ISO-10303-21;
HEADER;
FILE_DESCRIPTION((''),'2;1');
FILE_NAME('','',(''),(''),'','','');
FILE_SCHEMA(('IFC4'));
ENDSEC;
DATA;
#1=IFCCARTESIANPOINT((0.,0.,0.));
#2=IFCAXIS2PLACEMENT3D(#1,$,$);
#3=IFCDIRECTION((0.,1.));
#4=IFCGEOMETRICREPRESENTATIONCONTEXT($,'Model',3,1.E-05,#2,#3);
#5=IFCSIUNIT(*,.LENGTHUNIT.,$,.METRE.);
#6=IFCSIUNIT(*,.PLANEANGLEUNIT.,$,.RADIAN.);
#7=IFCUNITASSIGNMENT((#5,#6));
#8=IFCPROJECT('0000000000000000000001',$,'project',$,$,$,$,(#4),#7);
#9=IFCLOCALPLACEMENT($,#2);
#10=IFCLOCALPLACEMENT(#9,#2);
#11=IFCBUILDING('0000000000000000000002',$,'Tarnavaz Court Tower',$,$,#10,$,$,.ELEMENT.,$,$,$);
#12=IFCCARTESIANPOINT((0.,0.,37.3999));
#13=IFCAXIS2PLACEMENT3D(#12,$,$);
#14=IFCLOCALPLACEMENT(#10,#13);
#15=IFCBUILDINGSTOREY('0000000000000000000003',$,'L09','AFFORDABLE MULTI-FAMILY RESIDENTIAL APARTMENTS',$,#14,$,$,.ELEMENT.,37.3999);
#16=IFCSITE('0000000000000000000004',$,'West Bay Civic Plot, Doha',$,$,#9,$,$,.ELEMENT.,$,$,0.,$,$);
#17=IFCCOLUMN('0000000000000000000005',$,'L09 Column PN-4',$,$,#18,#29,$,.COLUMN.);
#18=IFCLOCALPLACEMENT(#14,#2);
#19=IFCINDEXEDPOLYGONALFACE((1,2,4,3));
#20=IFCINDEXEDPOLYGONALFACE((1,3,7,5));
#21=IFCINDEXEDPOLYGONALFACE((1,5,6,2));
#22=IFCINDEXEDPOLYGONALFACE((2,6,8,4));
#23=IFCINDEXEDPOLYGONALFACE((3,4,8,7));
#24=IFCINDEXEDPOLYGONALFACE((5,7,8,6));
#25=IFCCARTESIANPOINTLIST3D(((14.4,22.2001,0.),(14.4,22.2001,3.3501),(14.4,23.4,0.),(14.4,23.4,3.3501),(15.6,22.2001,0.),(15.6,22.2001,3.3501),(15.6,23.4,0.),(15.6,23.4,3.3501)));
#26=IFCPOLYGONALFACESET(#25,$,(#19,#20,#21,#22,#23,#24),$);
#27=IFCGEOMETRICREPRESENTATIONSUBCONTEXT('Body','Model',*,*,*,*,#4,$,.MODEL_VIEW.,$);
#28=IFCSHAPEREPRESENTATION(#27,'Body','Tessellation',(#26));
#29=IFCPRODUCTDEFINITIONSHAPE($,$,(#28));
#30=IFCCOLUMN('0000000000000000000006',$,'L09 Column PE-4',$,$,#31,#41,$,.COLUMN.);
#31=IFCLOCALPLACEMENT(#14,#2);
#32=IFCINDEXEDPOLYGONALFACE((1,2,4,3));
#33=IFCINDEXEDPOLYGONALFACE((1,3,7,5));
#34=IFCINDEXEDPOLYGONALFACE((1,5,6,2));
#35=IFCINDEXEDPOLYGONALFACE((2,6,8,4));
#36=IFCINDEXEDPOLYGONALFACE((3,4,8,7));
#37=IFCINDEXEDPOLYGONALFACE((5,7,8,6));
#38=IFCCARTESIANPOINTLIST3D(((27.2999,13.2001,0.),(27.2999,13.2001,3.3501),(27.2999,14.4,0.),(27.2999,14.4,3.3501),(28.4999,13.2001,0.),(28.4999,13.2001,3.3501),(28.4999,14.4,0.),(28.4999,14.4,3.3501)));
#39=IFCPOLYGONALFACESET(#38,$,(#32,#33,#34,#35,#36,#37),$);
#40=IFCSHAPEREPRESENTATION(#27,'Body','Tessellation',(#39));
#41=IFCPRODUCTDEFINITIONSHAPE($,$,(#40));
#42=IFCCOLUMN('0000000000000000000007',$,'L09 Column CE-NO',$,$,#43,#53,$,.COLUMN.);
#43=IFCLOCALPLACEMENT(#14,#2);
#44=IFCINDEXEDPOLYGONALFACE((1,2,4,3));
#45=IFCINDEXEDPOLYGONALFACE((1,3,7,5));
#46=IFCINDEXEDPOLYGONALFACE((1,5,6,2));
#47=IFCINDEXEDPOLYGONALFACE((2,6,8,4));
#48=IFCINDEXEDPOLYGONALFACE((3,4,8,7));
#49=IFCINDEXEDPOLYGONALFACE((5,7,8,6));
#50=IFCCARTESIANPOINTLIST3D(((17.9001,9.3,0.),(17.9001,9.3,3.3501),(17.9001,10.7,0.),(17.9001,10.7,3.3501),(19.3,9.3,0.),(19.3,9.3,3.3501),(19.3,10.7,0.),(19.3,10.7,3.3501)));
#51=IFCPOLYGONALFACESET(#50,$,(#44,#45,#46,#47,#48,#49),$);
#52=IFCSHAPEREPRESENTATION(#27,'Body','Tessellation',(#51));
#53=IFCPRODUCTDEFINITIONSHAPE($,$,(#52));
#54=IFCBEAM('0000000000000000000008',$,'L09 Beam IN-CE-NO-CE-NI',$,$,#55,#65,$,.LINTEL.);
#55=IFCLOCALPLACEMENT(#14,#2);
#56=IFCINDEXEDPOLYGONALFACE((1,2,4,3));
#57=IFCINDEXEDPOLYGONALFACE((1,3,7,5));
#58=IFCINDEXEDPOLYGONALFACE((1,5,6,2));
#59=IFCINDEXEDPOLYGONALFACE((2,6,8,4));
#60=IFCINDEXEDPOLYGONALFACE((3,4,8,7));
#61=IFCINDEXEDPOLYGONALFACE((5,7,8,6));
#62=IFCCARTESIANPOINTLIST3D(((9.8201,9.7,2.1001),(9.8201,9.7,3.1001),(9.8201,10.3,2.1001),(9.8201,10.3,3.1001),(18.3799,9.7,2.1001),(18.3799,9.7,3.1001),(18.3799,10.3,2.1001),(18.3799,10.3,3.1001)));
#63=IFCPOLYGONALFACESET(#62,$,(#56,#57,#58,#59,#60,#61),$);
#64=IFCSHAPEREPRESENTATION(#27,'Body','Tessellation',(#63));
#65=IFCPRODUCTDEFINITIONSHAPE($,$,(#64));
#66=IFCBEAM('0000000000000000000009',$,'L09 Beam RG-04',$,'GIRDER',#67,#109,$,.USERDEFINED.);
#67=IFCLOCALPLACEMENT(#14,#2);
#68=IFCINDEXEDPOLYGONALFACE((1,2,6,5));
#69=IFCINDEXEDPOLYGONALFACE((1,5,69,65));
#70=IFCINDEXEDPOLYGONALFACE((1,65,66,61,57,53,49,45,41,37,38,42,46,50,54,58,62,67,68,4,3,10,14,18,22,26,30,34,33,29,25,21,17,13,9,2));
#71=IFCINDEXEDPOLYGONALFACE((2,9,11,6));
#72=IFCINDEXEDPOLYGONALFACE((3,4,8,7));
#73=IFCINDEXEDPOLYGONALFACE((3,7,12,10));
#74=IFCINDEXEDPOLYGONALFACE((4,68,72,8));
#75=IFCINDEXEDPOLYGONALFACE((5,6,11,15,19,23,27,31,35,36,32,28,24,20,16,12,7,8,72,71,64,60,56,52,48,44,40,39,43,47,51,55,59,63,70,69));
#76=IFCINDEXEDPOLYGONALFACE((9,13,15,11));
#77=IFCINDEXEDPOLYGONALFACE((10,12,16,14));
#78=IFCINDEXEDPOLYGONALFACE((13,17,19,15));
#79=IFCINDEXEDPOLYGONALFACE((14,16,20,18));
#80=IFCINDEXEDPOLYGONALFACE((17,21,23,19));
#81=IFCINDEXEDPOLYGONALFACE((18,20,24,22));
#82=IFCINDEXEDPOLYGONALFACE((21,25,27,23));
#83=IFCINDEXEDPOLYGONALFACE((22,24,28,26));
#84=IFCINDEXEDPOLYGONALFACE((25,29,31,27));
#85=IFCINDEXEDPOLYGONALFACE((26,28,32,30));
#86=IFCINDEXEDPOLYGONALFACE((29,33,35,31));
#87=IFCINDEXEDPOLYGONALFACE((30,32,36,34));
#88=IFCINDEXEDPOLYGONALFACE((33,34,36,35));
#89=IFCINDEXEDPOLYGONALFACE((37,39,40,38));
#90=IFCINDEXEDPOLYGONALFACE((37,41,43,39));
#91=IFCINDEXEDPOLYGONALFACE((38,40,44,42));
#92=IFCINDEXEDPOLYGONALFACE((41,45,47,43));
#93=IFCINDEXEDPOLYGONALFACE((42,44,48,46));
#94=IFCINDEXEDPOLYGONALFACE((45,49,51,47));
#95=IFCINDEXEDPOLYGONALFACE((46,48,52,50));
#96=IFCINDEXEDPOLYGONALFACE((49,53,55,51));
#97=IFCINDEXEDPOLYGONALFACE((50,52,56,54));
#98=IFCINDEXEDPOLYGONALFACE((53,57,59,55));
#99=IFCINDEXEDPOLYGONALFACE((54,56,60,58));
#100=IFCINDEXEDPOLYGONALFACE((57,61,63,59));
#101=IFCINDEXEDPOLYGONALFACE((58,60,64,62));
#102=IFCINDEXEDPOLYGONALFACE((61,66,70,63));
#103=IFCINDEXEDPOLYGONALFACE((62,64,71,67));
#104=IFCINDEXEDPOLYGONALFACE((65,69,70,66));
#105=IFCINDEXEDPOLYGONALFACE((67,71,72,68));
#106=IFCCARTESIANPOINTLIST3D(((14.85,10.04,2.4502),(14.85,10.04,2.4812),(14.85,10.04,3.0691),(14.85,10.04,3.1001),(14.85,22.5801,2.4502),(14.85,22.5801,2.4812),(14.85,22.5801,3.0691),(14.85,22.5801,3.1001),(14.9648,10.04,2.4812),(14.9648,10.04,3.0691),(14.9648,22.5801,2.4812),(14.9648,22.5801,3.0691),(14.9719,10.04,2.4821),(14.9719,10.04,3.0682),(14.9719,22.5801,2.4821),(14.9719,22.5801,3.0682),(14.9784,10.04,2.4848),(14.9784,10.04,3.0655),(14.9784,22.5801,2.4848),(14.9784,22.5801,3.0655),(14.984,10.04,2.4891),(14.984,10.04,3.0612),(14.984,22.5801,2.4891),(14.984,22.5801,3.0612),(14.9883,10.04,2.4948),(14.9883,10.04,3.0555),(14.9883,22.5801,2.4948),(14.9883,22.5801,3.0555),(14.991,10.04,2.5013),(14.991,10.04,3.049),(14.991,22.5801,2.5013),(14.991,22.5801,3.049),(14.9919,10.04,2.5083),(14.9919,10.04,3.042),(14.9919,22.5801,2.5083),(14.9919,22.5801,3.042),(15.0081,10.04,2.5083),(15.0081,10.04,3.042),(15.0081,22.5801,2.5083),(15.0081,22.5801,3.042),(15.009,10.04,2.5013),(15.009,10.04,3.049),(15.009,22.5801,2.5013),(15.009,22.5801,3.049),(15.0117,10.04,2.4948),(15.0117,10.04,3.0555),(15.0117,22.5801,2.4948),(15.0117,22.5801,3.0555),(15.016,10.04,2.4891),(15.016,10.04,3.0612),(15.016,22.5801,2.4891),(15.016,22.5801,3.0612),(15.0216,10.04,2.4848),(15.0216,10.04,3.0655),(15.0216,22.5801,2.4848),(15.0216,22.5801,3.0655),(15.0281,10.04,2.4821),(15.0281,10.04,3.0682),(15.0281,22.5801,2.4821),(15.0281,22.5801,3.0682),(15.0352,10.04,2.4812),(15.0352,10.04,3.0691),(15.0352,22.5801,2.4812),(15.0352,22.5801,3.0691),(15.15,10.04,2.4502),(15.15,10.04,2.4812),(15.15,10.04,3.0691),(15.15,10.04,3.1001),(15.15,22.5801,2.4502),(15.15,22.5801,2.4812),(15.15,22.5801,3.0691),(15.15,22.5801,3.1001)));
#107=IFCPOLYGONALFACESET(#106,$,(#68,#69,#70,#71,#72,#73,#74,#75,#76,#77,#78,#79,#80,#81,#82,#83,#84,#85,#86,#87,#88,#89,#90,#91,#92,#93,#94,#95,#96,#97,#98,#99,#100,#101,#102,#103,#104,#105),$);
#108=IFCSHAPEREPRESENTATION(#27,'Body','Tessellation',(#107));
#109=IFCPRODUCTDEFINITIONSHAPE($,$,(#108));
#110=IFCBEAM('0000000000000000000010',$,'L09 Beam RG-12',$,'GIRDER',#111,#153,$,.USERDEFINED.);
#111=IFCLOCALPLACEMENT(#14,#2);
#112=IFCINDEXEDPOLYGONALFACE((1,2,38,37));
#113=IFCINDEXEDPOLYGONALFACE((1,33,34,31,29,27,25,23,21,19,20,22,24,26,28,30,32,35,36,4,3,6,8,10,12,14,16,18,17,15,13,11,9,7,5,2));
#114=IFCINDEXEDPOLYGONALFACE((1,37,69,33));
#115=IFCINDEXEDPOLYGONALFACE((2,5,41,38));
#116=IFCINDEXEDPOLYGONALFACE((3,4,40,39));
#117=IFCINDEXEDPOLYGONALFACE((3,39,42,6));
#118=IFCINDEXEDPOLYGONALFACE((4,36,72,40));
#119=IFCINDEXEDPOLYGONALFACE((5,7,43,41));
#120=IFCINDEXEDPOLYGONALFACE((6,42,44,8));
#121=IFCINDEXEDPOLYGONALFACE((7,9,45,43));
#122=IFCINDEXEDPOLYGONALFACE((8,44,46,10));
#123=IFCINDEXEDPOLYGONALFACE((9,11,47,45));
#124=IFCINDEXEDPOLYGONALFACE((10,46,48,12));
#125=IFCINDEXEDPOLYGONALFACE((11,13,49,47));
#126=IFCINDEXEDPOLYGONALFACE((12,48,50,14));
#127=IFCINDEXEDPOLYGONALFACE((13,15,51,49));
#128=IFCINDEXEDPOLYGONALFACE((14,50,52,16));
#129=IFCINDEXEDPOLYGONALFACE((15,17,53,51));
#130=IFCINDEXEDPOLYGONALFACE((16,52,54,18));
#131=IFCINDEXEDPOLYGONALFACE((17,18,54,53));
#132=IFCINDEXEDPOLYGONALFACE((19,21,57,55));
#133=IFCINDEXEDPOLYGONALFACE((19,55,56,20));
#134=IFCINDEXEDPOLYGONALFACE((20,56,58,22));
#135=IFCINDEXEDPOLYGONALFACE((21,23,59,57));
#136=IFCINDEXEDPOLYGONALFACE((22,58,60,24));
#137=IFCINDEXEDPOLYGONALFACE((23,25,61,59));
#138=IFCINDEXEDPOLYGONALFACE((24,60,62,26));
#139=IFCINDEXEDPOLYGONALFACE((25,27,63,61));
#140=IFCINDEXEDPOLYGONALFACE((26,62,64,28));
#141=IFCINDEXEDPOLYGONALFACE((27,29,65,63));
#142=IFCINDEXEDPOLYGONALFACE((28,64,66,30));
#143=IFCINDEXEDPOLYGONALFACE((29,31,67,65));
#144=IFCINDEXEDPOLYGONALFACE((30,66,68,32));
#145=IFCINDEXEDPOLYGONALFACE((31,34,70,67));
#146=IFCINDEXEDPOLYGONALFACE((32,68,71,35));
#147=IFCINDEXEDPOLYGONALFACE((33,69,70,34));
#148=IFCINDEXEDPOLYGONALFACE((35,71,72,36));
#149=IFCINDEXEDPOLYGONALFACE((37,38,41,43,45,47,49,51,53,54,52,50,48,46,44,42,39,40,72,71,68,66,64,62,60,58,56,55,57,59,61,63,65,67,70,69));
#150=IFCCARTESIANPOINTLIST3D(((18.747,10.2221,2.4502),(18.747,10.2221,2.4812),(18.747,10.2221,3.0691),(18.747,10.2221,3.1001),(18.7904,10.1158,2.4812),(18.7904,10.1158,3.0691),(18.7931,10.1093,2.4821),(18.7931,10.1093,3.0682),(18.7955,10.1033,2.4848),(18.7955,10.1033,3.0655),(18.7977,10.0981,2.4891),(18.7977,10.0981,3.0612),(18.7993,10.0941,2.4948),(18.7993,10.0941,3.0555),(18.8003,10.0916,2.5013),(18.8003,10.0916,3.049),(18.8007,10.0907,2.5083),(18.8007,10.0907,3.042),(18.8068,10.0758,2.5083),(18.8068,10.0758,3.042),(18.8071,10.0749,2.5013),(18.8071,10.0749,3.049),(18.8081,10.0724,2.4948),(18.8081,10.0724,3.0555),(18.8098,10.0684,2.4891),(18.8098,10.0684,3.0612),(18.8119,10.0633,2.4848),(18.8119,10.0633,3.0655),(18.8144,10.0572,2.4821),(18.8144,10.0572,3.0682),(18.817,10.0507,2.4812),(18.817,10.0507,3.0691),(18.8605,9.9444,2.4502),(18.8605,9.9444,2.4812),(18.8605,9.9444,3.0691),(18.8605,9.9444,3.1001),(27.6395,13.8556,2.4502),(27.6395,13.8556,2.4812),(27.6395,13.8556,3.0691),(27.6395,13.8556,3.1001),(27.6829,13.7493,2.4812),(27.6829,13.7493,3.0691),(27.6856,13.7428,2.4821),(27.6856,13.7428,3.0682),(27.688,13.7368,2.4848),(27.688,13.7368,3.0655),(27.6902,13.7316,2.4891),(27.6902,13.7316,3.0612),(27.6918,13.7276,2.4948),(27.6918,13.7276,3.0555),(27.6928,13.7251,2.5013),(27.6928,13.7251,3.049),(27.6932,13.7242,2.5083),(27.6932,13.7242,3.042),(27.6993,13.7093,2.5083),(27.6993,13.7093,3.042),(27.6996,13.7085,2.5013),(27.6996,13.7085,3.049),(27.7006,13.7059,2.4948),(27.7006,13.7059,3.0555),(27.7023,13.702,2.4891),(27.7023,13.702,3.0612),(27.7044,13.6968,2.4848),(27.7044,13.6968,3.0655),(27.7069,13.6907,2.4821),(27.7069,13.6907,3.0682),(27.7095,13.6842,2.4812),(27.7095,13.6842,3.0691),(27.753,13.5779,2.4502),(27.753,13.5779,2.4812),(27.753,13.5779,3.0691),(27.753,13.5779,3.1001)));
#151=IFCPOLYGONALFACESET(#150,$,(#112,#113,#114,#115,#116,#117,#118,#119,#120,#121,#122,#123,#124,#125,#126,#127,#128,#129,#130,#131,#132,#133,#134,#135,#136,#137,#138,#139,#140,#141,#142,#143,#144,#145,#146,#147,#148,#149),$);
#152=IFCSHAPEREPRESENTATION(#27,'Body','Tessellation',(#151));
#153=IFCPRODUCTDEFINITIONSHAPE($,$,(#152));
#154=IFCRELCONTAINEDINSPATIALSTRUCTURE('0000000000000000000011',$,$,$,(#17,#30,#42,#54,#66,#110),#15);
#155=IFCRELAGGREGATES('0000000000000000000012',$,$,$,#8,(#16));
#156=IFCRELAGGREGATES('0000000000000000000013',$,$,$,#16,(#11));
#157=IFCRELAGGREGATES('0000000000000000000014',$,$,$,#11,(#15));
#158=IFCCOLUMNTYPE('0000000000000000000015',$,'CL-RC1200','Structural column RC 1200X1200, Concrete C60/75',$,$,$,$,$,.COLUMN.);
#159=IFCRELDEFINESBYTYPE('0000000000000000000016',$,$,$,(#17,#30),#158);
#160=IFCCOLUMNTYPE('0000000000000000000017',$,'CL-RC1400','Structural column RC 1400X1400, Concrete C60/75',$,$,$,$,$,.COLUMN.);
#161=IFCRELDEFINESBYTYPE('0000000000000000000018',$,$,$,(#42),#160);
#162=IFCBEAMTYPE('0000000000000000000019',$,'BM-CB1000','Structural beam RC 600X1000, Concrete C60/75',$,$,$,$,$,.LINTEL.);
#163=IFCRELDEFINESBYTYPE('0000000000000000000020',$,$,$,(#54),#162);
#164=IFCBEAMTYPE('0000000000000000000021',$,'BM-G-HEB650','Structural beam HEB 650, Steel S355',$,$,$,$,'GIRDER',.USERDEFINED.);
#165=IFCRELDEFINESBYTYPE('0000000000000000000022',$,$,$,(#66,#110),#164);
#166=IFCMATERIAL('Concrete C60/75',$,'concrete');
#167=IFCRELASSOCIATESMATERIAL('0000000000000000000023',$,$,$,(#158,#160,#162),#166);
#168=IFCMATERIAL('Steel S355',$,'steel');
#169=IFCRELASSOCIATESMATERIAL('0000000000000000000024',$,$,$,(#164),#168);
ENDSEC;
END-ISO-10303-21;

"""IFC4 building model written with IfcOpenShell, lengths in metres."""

from ifc_helpers import new_model, si_unit, direction, frame, origin, origin_2d, place, context, subcontext, project, spatial, rectangle, i_section, extrude, material, material_profile, profile_set, type_object, element, save


model = new_model("IFC4")

# Units and contexts
model_context = context("Model", 3, precision=1e-05, world=origin(), true_north=direction((0.0, 1.0)))
body_context = subcontext(model_context, "Body", "Model", "MODEL_VIEW")
ifc_project = project(units=[si_unit("LENGTHUNIT", "METRE"), si_unit("PLANEANGLEUNIT", "RADIAN")], contexts=[model_context])

# Site, building, storey
site_placement = place(None, origin())
site = spatial("IfcSite", under=ifc_project, at=site_placement, Name="West Bay Civic Plot, Doha", CompositionType="ELEMENT", RefElevation=0.0)
building_placement = place(site_placement, origin())
building = spatial("IfcBuilding", under=site, at=building_placement, Name="Tarnavaz Court Tower", CompositionType="ELEMENT")
storey_placement = place(building_placement, frame((0.0, 0.0, 37.3999)))
storey = spatial("IfcBuildingStorey", under=building, at=storey_placement, Name="L09", Description="AFFORDABLE MULTI-FAMILY RESIDENTIAL APARTMENTS", CompositionType="ELEMENT", Elevation=37.3999)

# Columns
ifc_material_1 = material(Name="Concrete C60/75", Category="concrete")
ifc_material_profile_1 = material_profile(ifc_material_1, rectangle(XDim=1.2, YDim=1.2, at=origin_2d()), Name="RC 1200X1200")
ifc_profile_set_1 = profile_set([ifc_material_profile_1], Name="Concrete C60/75")
column_type_1 = type_object("IfcColumnType", Name="CL-RC1200", Description="Structural column RC 1200X1200, Concrete C60/75", PredefinedType="COLUMN", material=ifc_profile_set_1)
for number, where, z_axis, x_axis, name in (
    (1, (15.0, 22.8, 0.0), (0.0, 0.0, 1.0), (1.0, 0.0, 0.0), "L09 Column PN-4"),
    (2, (27.8999, 13.8, 0.0), (0.0, 0.0, 1.0), (1.0, 0.0, 0.0), "L09 Column PE-4"),
):
    element("IfcColumn", number, at=place(storey_placement, frame(where, z_axis=z_axis, x_axis=x_axis)), inside=storey, type_object=column_type_1, Name=name, PredefinedType="COLUMN", context=body_context, shape_type="SweptSolid", body=[
        extrude(rectangle(XDim=1.2, YDim=1.2, at=origin_2d()), origin(), (0.0, 0.0, 1.0), 3.3501),
    ])
ifc_material_profile_2 = material_profile(ifc_material_1, rectangle(XDim=1.3999, YDim=1.3999, at=origin_2d()), Name="RC 1400X1400")
ifc_profile_set_2 = profile_set([ifc_material_profile_2], Name="Concrete C60/75")
column_type_2 = type_object("IfcColumnType", Name="CL-RC1400", Description="Structural column RC 1400X1400, Concrete C60/75", PredefinedType="COLUMN", material=ifc_profile_set_2)
column_placement = place(storey_placement, frame((18.6001, 10.0, 0.0), z_axis=(0.0, 0.0, 1.0), x_axis=(1.0, 0.0, 0.0)))
element("IfcColumn", 3, at=column_placement, inside=storey, type_object=column_type_2, Name="L09 Column CE-NO", PredefinedType="COLUMN", context=body_context, shape_type="SweptSolid", body=[
    extrude(rectangle(XDim=1.3999, YDim=1.3999, at=origin_2d()), origin(), (0.0, 0.0, 1.0), 3.3501),
])

# Beams
ifc_material_profile_3 = material_profile(ifc_material_1, rectangle(XDim=0.6001, YDim=1.0, at=origin_2d()), Name="RC 600X1000")
ifc_profile_set_3 = profile_set([ifc_material_profile_3], Name="Concrete C60/75")
beam_type_1 = type_object("IfcBeamType", Name="BM-CB1000", Description="Structural beam RC 600X1000, Concrete C60/75", PredefinedType="LINTEL", material=ifc_profile_set_3)
beam_1_placement = place(storey_placement, frame((18.3799, 10.0, 2.6001), z_axis=(-1.0, 0.0, 0.0), x_axis=(0.0, -1.0, 0.0)))
element("IfcBeam", 4, at=beam_1_placement, inside=storey, type_object=beam_type_1, Name="L09 Beam IN-CE-NO-CE-NI", PredefinedType="LINTEL", context=body_context, shape_type="SweptSolid", body=[
    extrude(rectangle(XDim=0.6001, YDim=1.0, at=origin_2d()), origin(), (0.0, 0.0, 1.0), 8.5598),
])
ifc_material_2 = material(Name="Steel S355", Category="steel")
ifc_material_profile_4 = material_profile(ifc_material_2, i_section(OverallWidth=0.3, OverallDepth=0.6499, WebThickness=0.0161, FlangeThickness=0.031, FilletRadius=0.0271, at=origin_2d()), Name="HEB 650")
ifc_profile_set_4 = profile_set([ifc_material_profile_4], Name="Steel S355")
beam_type_2 = type_object("IfcBeamType", Name="BM-G-HEB650", Description="Structural beam HEB 650, Steel S355", ElementType="GIRDER", PredefinedType="USERDEFINED", material=ifc_profile_set_4)
beam_2_placement = place(storey_placement, frame((15.0, 10.04, 2.7751), z_axis=(0.0, 1.0, 0.0), x_axis=(-1.0, 0.0, 0.0)))
element("IfcBeam", 5, at=beam_2_placement, inside=storey, type_object=beam_type_2, Name="L09 Beam RG-04", ObjectType="GIRDER", PredefinedType="USERDEFINED", context=body_context, shape_type="SweptSolid", body=[
    extrude(i_section(OverallWidth=0.3, OverallDepth=0.6499, WebThickness=0.0161, FlangeThickness=0.031, FilletRadius=0.0271, at=origin_2d()), origin(), (0.0, 0.0, 1.0), 12.54),
])
beam_3_placement = place(storey_placement, frame((18.8037, 10.0833, 2.7751), z_axis=(0.925705, 0.378247, 0.0), x_axis=(-0.378247, 0.925705, 0.0)))
element("IfcBeam", 6, at=beam_3_placement, inside=storey, type_object=beam_type_2, Name="L09 Beam RG-12", ObjectType="GIRDER", PredefinedType="USERDEFINED", context=body_context, shape_type="SweptSolid", body=[
    extrude(i_section(OverallWidth=0.3, OverallDepth=0.6499, WebThickness=0.0161, FlangeThickness=0.031, FilletRadius=0.0271, at=origin_2d()), origin(), (0.0, 0.0, 1.0), 9.6062),
])

save(model, "model.ifc")
